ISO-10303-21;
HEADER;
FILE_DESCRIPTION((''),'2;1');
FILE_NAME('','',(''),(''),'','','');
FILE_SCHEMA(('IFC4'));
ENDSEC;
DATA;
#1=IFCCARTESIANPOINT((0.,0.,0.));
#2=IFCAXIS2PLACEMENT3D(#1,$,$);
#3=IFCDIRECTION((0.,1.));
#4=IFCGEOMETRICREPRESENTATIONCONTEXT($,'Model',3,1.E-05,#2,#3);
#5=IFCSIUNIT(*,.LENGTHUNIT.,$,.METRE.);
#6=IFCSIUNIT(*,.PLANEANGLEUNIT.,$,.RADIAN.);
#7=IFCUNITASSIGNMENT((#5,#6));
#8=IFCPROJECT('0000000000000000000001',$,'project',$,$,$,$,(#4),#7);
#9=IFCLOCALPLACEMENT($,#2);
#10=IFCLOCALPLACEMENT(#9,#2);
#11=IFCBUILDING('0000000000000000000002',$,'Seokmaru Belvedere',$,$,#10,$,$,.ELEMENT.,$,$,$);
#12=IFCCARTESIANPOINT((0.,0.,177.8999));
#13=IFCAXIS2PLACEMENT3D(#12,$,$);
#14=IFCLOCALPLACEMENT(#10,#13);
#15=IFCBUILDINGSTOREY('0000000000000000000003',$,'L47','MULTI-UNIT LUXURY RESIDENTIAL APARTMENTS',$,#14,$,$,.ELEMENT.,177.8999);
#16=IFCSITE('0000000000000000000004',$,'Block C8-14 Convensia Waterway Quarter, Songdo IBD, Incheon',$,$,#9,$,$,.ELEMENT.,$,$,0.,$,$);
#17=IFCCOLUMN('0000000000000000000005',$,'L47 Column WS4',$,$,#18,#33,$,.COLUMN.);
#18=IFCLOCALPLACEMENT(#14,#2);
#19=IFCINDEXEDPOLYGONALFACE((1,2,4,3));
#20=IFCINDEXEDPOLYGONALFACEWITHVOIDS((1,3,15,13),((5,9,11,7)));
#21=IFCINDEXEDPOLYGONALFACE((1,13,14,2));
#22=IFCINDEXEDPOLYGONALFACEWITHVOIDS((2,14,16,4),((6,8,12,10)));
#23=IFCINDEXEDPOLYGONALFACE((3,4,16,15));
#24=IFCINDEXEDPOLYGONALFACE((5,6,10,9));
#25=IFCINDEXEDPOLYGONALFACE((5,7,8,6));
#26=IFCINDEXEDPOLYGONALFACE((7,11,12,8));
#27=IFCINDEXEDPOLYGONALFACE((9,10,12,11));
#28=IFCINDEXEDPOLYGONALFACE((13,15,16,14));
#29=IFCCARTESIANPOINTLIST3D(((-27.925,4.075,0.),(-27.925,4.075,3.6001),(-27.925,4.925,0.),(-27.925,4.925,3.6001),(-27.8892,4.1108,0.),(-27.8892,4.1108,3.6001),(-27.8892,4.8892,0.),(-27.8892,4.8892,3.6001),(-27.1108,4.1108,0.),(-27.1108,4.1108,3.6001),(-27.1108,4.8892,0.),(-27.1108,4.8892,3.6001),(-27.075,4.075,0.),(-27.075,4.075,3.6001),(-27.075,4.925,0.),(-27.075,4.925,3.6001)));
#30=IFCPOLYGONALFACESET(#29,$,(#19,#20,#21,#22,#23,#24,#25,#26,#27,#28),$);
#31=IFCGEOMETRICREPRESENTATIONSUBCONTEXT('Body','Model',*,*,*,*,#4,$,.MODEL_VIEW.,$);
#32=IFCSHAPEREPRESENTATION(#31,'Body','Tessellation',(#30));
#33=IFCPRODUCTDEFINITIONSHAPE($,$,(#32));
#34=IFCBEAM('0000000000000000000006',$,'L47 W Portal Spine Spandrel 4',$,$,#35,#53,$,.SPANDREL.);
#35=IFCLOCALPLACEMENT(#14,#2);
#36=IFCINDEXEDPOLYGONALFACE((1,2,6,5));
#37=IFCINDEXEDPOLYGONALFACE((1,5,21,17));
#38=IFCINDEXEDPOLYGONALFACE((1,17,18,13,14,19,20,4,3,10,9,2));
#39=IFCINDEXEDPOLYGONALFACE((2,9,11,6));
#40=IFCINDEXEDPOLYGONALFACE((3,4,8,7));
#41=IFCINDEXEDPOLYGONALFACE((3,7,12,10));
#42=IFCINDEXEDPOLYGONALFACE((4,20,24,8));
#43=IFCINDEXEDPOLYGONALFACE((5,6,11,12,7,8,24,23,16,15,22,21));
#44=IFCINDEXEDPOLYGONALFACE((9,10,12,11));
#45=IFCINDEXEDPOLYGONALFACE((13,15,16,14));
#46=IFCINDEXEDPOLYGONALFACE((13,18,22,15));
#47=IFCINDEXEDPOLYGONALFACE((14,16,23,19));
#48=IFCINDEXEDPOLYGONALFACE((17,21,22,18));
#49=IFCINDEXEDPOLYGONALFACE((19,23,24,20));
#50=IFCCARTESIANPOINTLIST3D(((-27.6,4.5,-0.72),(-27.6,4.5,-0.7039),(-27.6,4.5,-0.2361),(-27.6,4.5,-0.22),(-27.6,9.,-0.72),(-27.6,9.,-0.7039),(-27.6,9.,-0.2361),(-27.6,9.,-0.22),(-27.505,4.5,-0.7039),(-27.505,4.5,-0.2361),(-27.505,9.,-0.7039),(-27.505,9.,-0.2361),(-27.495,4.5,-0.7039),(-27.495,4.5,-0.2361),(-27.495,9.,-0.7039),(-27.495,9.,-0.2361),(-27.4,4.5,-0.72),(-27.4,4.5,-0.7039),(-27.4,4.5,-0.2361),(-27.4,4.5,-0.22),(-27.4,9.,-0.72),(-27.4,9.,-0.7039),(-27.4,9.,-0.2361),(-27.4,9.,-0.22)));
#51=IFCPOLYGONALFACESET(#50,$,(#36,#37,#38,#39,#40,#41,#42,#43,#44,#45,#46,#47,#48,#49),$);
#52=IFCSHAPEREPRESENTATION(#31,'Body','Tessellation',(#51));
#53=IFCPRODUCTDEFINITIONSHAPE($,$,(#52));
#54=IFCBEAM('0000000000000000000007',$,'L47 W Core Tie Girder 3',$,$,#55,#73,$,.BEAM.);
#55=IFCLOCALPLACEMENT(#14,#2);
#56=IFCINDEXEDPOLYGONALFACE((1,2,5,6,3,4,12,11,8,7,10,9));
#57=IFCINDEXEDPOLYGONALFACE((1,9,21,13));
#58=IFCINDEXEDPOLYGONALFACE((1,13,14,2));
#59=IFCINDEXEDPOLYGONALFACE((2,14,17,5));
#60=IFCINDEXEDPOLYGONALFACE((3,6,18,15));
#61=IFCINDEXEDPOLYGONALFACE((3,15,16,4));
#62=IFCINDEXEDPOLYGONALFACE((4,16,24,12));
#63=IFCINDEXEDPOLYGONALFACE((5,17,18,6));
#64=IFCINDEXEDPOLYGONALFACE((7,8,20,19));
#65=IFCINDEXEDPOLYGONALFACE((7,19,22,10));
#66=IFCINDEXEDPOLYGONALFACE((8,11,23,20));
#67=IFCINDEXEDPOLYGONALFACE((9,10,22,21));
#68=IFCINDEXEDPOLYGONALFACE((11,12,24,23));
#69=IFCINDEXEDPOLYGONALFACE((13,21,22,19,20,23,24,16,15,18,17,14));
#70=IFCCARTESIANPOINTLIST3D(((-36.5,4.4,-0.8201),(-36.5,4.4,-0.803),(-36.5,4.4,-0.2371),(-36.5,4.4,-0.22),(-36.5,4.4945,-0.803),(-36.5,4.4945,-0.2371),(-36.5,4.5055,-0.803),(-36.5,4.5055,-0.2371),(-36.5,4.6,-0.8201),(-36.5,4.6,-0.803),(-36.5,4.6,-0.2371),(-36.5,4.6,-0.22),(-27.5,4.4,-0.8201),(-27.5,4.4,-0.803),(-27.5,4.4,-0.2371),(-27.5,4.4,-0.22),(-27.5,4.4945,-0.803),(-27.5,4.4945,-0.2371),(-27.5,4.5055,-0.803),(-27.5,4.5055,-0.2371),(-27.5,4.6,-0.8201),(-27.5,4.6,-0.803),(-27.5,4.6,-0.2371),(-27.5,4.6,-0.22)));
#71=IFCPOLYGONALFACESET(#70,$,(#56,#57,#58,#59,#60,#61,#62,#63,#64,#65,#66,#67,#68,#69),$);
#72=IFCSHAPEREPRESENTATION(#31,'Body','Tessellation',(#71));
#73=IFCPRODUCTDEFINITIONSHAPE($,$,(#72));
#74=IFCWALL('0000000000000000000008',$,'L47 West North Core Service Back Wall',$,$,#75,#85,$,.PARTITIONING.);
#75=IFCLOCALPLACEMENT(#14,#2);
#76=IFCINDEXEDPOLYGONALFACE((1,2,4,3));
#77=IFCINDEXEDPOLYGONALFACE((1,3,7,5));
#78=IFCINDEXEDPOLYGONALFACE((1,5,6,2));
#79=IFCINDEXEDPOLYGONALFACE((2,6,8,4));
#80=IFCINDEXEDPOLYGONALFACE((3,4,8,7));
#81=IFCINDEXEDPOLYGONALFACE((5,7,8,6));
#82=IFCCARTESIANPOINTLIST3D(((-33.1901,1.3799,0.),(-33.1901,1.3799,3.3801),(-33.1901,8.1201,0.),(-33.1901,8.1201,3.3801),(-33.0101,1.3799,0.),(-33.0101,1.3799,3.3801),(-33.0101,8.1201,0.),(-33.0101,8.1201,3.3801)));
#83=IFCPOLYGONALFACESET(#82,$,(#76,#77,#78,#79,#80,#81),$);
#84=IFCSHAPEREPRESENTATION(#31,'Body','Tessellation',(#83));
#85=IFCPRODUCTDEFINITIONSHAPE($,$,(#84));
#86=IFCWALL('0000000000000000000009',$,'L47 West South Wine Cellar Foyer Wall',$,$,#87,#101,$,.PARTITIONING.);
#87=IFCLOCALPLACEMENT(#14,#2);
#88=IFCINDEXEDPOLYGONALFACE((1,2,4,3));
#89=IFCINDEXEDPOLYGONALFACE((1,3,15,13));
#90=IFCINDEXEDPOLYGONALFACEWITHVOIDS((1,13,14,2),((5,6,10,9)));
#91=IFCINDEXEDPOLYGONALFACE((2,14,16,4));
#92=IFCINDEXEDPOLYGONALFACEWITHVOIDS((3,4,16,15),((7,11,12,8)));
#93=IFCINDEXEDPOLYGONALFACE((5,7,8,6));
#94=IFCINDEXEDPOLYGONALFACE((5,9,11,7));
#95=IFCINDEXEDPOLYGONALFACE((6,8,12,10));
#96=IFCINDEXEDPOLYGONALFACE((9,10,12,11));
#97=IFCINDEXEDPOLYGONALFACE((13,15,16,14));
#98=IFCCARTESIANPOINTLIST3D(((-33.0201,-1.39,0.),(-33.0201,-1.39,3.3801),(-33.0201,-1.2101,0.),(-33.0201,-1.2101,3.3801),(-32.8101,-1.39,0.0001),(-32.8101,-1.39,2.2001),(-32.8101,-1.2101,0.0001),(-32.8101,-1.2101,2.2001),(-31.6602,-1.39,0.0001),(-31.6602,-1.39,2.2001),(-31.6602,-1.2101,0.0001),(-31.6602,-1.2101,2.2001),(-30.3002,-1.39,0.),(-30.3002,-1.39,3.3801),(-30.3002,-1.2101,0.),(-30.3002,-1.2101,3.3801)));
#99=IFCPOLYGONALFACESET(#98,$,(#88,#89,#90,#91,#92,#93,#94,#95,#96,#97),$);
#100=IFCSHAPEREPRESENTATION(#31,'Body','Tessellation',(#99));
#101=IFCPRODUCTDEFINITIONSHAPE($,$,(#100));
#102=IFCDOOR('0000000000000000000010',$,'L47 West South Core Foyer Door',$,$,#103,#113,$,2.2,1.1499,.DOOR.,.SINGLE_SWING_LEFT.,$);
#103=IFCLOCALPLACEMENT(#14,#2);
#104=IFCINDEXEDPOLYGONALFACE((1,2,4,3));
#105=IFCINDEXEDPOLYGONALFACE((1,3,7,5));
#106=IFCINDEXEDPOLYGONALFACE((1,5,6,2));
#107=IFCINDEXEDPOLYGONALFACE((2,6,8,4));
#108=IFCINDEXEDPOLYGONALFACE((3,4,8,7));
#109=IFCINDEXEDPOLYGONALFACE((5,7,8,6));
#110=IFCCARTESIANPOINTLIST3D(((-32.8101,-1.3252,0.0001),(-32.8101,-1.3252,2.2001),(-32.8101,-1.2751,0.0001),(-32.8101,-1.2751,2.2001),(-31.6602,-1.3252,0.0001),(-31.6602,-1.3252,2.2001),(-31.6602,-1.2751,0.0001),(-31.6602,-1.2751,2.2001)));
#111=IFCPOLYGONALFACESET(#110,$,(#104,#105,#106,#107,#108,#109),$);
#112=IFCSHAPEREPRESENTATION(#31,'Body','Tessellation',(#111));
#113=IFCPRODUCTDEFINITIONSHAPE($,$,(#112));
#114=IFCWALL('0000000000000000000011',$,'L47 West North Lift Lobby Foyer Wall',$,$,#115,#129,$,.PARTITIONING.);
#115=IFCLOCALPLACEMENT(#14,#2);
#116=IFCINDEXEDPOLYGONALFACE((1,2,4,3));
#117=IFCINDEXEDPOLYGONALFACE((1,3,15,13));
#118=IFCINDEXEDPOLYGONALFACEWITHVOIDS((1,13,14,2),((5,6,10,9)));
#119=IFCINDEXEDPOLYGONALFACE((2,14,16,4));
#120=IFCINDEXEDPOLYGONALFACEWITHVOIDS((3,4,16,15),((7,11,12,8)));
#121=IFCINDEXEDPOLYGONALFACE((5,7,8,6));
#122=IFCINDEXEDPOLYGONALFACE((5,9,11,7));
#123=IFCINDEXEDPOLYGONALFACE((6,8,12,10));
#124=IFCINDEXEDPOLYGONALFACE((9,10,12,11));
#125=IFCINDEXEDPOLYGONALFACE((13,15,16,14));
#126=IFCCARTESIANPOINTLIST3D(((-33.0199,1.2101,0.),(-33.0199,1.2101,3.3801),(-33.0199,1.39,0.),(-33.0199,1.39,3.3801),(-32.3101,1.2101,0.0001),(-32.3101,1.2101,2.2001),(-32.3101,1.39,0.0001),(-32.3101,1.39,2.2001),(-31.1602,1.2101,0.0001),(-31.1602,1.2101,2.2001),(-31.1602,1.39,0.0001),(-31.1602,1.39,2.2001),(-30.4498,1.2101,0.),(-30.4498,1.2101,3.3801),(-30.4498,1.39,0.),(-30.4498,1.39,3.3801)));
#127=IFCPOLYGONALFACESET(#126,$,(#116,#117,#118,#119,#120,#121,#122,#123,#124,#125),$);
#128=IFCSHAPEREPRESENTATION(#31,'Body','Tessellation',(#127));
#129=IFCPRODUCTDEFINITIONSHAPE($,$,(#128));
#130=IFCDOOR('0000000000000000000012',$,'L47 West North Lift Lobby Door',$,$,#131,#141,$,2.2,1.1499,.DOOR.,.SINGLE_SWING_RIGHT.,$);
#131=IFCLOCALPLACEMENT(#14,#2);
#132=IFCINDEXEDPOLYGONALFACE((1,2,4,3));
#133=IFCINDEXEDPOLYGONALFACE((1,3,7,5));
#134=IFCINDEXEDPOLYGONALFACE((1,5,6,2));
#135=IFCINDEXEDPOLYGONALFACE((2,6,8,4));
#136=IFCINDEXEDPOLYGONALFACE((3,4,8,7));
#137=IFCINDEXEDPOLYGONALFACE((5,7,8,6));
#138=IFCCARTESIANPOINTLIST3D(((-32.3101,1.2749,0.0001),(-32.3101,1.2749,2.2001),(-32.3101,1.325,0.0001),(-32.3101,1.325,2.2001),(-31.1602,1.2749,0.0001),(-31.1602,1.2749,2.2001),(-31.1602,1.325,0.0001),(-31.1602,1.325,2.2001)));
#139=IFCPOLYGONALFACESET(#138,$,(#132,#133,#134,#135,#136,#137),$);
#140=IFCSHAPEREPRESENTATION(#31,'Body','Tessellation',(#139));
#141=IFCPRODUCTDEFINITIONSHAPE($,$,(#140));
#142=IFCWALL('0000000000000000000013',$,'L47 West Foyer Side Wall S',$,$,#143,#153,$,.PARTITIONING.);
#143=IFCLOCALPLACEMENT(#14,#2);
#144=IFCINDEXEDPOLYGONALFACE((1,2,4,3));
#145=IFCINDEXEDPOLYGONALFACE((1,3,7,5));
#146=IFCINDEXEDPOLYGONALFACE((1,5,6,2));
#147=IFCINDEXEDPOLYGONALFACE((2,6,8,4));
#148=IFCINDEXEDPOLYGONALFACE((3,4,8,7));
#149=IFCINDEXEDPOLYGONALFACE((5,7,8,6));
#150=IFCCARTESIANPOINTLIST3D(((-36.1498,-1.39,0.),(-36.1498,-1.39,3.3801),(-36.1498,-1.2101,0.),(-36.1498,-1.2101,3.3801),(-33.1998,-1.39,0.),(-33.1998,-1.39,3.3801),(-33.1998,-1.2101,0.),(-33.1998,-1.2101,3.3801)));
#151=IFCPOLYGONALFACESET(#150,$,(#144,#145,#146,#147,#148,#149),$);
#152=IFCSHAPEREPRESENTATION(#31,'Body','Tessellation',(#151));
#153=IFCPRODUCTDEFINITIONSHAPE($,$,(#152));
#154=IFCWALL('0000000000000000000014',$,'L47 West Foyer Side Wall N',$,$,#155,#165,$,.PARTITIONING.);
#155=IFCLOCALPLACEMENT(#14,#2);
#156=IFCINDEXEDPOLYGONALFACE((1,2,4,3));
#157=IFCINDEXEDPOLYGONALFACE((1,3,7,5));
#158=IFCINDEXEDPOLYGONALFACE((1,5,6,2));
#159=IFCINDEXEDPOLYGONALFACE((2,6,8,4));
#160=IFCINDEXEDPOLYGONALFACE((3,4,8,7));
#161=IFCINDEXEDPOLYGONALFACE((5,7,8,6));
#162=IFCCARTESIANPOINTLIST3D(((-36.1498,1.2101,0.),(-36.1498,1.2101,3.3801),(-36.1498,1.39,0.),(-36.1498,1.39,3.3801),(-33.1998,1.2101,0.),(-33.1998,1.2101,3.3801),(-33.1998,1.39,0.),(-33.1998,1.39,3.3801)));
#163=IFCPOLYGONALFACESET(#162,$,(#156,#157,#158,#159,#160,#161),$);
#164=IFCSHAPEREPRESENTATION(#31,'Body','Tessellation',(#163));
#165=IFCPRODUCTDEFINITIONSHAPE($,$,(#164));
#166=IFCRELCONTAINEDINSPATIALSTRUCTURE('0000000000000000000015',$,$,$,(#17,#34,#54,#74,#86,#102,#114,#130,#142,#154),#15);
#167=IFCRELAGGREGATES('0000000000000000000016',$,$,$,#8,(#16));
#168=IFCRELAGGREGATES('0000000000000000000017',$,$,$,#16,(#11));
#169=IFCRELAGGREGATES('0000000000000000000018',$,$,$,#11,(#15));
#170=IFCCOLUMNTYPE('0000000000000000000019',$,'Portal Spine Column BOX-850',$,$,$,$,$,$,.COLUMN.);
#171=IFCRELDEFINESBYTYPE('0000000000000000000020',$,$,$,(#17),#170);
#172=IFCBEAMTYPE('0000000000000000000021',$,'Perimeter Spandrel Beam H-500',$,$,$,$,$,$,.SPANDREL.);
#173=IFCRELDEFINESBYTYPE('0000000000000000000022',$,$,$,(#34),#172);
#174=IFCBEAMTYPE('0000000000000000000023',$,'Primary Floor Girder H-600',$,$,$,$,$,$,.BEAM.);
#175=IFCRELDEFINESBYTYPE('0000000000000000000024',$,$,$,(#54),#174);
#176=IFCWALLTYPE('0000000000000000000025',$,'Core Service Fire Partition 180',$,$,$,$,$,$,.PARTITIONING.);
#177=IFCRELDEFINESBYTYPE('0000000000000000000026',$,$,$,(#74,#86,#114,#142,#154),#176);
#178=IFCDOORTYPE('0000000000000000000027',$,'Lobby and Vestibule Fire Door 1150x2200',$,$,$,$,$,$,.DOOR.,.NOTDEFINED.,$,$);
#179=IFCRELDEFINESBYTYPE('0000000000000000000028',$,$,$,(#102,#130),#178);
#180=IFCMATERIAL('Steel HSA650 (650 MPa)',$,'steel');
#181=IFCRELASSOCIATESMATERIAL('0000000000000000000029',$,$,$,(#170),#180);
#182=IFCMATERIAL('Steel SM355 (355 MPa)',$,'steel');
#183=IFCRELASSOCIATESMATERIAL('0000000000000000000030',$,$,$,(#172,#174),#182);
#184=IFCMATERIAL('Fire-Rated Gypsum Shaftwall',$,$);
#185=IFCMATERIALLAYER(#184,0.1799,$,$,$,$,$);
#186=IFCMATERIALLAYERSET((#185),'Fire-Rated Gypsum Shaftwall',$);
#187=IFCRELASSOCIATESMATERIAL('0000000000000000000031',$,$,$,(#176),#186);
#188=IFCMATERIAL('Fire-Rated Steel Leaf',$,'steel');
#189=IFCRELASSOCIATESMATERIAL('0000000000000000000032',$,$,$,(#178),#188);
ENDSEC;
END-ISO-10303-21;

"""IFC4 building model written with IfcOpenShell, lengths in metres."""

from ifc_helpers import new_model, si_unit, direction, frame, frame_2d, origin, origin_2d, place, context, subcontext, project, spatial, rectangle, hollow_rectangle, i_section, extrude, source, transform, mapped, material, layer, layer_set, material_profile, profile_set, type_object, type_shapes, element, fill, save


model = new_model("IFC4")

# Units and contexts
model_context = context("Model", 3, precision=1e-05, world=origin(), true_north=direction((0.0, 1.0)))
body_context = subcontext(model_context, "Body", "Model", "MODEL_VIEW")
ifc_project = project(units=[si_unit("LENGTHUNIT", "METRE"), si_unit("PLANEANGLEUNIT", "RADIAN")], contexts=[model_context])

# Site, building, storey
site_placement = place(None, origin())
site = spatial("IfcSite", under=ifc_project, at=site_placement, Name="Block C8-14 Convensia Waterway Quarter, Songdo IBD, Incheon", CompositionType="ELEMENT", RefElevation=0.0)
building_placement = place(site_placement, origin())
building = spatial("IfcBuilding", under=site, at=building_placement, Name="Seokmaru Belvedere", CompositionType="ELEMENT")
storey_placement = place(building_placement, frame((0.0, 0.0, 177.8999)))
storey = spatial("IfcBuildingStorey", under=building, at=storey_placement, Name="L47", Description="MULTI-UNIT LUXURY RESIDENTIAL APARTMENTS", CompositionType="ELEMENT", Elevation=177.8999)

# Column
ifc_material_1 = material(Name="Steel HSA650 (650 MPa)", Category="steel")
ifc_material_profile_1 = material_profile(ifc_material_1, hollow_rectangle(XDim=0.8501, YDim=0.8501, WallThickness=0.0359, at=origin_2d()), Name="BOX-850x850x36")
ifc_profile_set_1 = profile_set([ifc_material_profile_1], Name="Steel HSA650 (650 MPa)")
column_type = type_object("IfcColumnType", Name="Portal Spine Column BOX-850", PredefinedType="COLUMN", material=ifc_profile_set_1)
shared_shape_1 = source(origin(), body_context, "Body", "SweptSolid", [
    extrude(hollow_rectangle(XDim=0.8501, YDim=0.8501, WallThickness=0.0359, at=origin_2d()), origin(), (0.0, 0.0, 1.0), 3.6001),
])
type_shapes(column_type, [shared_shape_1])
column_placement = place(storey_placement, frame((-27.5, 4.5, 0.0), z_axis=(0.0, 0.0, 1.0), x_axis=(1.0, 0.0, 0.0)))
element("IfcColumn", 1, at=column_placement, inside=storey, type_object=column_type, Name="L47 Column WS4", PredefinedType="COLUMN", context=body_context, shape_type="MappedRepresentation", body=[
    mapped(shared_shape_1, transform((0.0, 0.0, 0.0), scale=1.0)),
])

# Beams
ifc_material_2 = material(Name="Steel SM355 (355 MPa)", Category="steel")
ifc_material_profile_2 = material_profile(ifc_material_2, i_section(OverallWidth=0.2, OverallDepth=0.5, WebThickness=0.01, FlangeThickness=0.0161, at=origin_2d()), Name="H-500x200x10x16")
ifc_profile_set_2 = profile_set([ifc_material_profile_2], Name="Steel SM355 (355 MPa)")
beam_type_1 = type_object("IfcBeamType", Name="Perimeter Spandrel Beam H-500", PredefinedType="SPANDREL", material=ifc_profile_set_2)
shared_shape_2 = source(origin(), body_context, "Body", "SweptSolid", [
    extrude(i_section(OverallWidth=0.2, OverallDepth=0.5, WebThickness=0.01, FlangeThickness=0.0161, at=origin_2d()), origin(), (0.0, 0.0, 1.0), 4.5),
])
type_shapes(beam_type_1, [shared_shape_2])
beam_1_placement = place(storey_placement, frame((-27.5, 4.5, -0.47), z_axis=(0.0, 1.0, 0.0), x_axis=(-1.0, 0.0, 0.0)))
element("IfcBeam", 2, at=beam_1_placement, inside=storey, type_object=beam_type_1, Name="L47 W Portal Spine Spandrel 4", PredefinedType="SPANDREL", context=body_context, shape_type="MappedRepresentation", body=[
    mapped(shared_shape_2, transform((0.0, 0.0, 0.0), scale=1.0)),
])
ifc_material_profile_3 = material_profile(ifc_material_2, i_section(OverallWidth=0.2, OverallDepth=0.6001, WebThickness=0.011, FlangeThickness=0.0171, at=origin_2d()), Name="H-600x200x11x17")
ifc_profile_set_3 = profile_set([ifc_material_profile_3], Name="Steel SM355 (355 MPa)")
beam_type_2 = type_object("IfcBeamType", Name="Primary Floor Girder H-600", PredefinedType="BEAM", material=ifc_profile_set_3)
shared_shape_3 = source(origin(), body_context, "Body", "SweptSolid", [
    extrude(i_section(OverallWidth=0.2, OverallDepth=0.6001, WebThickness=0.011, FlangeThickness=0.0171, at=origin_2d()), origin(), (0.0, 0.0, 1.0), 9.0),
])
type_shapes(beam_type_2, [shared_shape_3])
beam_2_placement = place(storey_placement, frame((-36.5, 4.5, -0.52), z_axis=(1.0, 0.0, 0.0), x_axis=(0.0, 1.0, 0.0)))
element("IfcBeam", 3, at=beam_2_placement, inside=storey, type_object=beam_type_2, Name="L47 W Core Tie Girder 3", PredefinedType="BEAM", context=body_context, shape_type="MappedRepresentation", body=[
    mapped(shared_shape_3, transform((0.0, 0.0, 0.0), scale=1.0)),
])

# Wall
ifc_material_3 = material(Name="Fire-Rated Gypsum Shaftwall")
ifc_layer_1 = layer(ifc_material_3, 0.1799)
ifc_layer_set_1 = layer_set([ifc_layer_1], Name="Fire-Rated Gypsum Shaftwall")
wall_type_1 = type_object("IfcWallType", Name="Core Service Fire Partition 180", PredefinedType="PARTITIONING", material=ifc_layer_set_1)
wall_1_placement = place(storey_placement, frame((-33.1001, 1.3799, 0.0), z_axis=(0.0, 0.0, 1.0), x_axis=(0.0, 1.0, 0.0)))
element("IfcWall", 4, at=wall_1_placement, inside=storey, type_object=wall_type_1, Name="L47 West North Core Service Back Wall", PredefinedType="PARTITIONING", context=body_context, shape_type="SweptSolid", body=[
    extrude(rectangle(XDim=6.7402, YDim=0.1799, at=frame_2d((3.3701, 0.0))), origin(), (0.0, 0.0, 1.0), 3.3801),
])

# Walls, openings, doors
ifc_material_4 = material(Name="Fire-Rated Steel Leaf", Category="steel")
wall_2_placement = place(storey_placement, frame((-33.02, -1.3, 0.0), z_axis=(0.0, 0.0, 1.0), x_axis=(1.0, 0.0, 0.0)))
wall_2 = element("IfcWall", 5, at=wall_2_placement, inside=storey, type_object=wall_type_1, Name="L47 West South Wine Cellar Foyer Wall", PredefinedType="PARTITIONING", context=body_context, shape_type="SweptSolid", body=[
    extrude(rectangle(XDim=2.72, YDim=0.1799, at=frame_2d((1.3599, 0.0))), origin(), (0.0, 0.0, 1.0), 3.3801),
])
opening_1_placement = place(wall_2_placement, frame((0.21, 0.0, 0.0)))
opening_1 = element("IfcOpeningElement", 6, at=opening_1_placement, cuts=wall_2, PredefinedType="OPENING", context=body_context, shape_type="SweptSolid", body=[
    extrude(rectangle(XDim=1.1499, YDim=2.2, at=frame_2d((0.575, 1.1001))), frame((0.0, 0.1001, 0.0), z_axis=(0.0, -1.0, 0.0), x_axis=(1.0, 0.0, 0.0)), (0.0, 0.0, 1.0), 0.2),
])
door_type_1 = type_object("IfcDoorType", Name="Lobby and Vestibule Fire Door 1150x2200", OperationType="NOTDEFINED", PredefinedType="DOOR", material=ifc_material_4)
shared_shape_4 = source(origin(), body_context, "Body", "SweptSolid", [
    extrude(rectangle(XDim=1.1499, YDim=2.2, at=frame_2d((0.575, 1.1001))), frame((0.0, 0.0249, 0.0), z_axis=(0.0, -1.0, 0.0), x_axis=(1.0, 0.0, 0.0)), (0.0, 0.0, 1.0), 0.05),
])
type_shapes(door_type_1, [shared_shape_4])
door_1_placement = place(opening_1_placement, origin())
door_1 = element("IfcDoor", 7, at=door_1_placement, inside=storey, type_object=door_type_1, Name="L47 West South Core Foyer Door", OperationType="SINGLE_SWING_LEFT", OverallHeight=2.2, OverallWidth=1.1499, PredefinedType="DOOR", context=body_context, shape_type="MappedRepresentation", body=[
    mapped(shared_shape_4, transform((0.0, 0.0, 0.0), scale=1.0)),
])
fill(opening_1, door_1)
wall_3_placement = place(storey_placement, frame((-33.02, 1.3, 0.0), z_axis=(0.0, 0.0, 1.0), x_axis=(1.0, 0.0, 0.0)))
wall_3 = element("IfcWall", 8, at=wall_3_placement, inside=storey, type_object=wall_type_1, Name="L47 West North Lift Lobby Foyer Wall", PredefinedType="PARTITIONING", context=body_context, shape_type="SweptSolid", body=[
    extrude(rectangle(XDim=2.5701, YDim=0.1799, at=frame_2d((1.2852, 0.0))), origin(), (0.0, 0.0, 1.0), 3.3801),
])
opening_2_placement = place(wall_3_placement, frame((0.71, 0.0, 0.0)))
opening_2 = element("IfcOpeningElement", 9, at=opening_2_placement, cuts=wall_3, PredefinedType="OPENING", context=body_context, shape_type="SweptSolid", body=[
    extrude(rectangle(XDim=1.1499, YDim=2.2, at=frame_2d((0.575, 1.1001))), frame((0.0, 0.1001, 0.0), z_axis=(0.0, -1.0, 0.0), x_axis=(1.0, 0.0, 0.0)), (0.0, 0.0, 1.0), 0.2),
])
door_2_placement = place(opening_2_placement, origin())
door_2 = element("IfcDoor", 10, at=door_2_placement, inside=storey, type_object=door_type_1, Name="L47 West North Lift Lobby Door", OperationType="SINGLE_SWING_RIGHT", OverallHeight=2.2, OverallWidth=1.1499, PredefinedType="DOOR", context=body_context, shape_type="MappedRepresentation", body=[
    mapped(shared_shape_4, transform((0.0, 0.0, 0.0), scale=1.0)),
])
fill(opening_2, door_2)

# Walls
for number, where, z_axis, x_axis, name in (
    (11, (-36.1499, -1.3, 0.0), (0.0, 0.0, 1.0), (1.0, 0.0, 0.0), "L47 West Foyer Side Wall S"),
    (12, (-36.1499, 1.3, 0.0), (0.0, 0.0, 1.0), (1.0, 0.0, 0.0), "L47 West Foyer Side Wall N"),
):
    element("IfcWall", number, at=place(storey_placement, frame(where, z_axis=z_axis, x_axis=x_axis)), inside=storey, type_object=wall_type_1, Name=name, PredefinedType="PARTITIONING", context=body_context, shape_type="SweptSolid", body=[
        extrude(rectangle(XDim=2.95, YDim=0.1799, at=frame_2d((1.4751, 0.0))), origin(), (0.0, 0.0, 1.0), 3.3801),
    ])

save(model, "model.ifc")
